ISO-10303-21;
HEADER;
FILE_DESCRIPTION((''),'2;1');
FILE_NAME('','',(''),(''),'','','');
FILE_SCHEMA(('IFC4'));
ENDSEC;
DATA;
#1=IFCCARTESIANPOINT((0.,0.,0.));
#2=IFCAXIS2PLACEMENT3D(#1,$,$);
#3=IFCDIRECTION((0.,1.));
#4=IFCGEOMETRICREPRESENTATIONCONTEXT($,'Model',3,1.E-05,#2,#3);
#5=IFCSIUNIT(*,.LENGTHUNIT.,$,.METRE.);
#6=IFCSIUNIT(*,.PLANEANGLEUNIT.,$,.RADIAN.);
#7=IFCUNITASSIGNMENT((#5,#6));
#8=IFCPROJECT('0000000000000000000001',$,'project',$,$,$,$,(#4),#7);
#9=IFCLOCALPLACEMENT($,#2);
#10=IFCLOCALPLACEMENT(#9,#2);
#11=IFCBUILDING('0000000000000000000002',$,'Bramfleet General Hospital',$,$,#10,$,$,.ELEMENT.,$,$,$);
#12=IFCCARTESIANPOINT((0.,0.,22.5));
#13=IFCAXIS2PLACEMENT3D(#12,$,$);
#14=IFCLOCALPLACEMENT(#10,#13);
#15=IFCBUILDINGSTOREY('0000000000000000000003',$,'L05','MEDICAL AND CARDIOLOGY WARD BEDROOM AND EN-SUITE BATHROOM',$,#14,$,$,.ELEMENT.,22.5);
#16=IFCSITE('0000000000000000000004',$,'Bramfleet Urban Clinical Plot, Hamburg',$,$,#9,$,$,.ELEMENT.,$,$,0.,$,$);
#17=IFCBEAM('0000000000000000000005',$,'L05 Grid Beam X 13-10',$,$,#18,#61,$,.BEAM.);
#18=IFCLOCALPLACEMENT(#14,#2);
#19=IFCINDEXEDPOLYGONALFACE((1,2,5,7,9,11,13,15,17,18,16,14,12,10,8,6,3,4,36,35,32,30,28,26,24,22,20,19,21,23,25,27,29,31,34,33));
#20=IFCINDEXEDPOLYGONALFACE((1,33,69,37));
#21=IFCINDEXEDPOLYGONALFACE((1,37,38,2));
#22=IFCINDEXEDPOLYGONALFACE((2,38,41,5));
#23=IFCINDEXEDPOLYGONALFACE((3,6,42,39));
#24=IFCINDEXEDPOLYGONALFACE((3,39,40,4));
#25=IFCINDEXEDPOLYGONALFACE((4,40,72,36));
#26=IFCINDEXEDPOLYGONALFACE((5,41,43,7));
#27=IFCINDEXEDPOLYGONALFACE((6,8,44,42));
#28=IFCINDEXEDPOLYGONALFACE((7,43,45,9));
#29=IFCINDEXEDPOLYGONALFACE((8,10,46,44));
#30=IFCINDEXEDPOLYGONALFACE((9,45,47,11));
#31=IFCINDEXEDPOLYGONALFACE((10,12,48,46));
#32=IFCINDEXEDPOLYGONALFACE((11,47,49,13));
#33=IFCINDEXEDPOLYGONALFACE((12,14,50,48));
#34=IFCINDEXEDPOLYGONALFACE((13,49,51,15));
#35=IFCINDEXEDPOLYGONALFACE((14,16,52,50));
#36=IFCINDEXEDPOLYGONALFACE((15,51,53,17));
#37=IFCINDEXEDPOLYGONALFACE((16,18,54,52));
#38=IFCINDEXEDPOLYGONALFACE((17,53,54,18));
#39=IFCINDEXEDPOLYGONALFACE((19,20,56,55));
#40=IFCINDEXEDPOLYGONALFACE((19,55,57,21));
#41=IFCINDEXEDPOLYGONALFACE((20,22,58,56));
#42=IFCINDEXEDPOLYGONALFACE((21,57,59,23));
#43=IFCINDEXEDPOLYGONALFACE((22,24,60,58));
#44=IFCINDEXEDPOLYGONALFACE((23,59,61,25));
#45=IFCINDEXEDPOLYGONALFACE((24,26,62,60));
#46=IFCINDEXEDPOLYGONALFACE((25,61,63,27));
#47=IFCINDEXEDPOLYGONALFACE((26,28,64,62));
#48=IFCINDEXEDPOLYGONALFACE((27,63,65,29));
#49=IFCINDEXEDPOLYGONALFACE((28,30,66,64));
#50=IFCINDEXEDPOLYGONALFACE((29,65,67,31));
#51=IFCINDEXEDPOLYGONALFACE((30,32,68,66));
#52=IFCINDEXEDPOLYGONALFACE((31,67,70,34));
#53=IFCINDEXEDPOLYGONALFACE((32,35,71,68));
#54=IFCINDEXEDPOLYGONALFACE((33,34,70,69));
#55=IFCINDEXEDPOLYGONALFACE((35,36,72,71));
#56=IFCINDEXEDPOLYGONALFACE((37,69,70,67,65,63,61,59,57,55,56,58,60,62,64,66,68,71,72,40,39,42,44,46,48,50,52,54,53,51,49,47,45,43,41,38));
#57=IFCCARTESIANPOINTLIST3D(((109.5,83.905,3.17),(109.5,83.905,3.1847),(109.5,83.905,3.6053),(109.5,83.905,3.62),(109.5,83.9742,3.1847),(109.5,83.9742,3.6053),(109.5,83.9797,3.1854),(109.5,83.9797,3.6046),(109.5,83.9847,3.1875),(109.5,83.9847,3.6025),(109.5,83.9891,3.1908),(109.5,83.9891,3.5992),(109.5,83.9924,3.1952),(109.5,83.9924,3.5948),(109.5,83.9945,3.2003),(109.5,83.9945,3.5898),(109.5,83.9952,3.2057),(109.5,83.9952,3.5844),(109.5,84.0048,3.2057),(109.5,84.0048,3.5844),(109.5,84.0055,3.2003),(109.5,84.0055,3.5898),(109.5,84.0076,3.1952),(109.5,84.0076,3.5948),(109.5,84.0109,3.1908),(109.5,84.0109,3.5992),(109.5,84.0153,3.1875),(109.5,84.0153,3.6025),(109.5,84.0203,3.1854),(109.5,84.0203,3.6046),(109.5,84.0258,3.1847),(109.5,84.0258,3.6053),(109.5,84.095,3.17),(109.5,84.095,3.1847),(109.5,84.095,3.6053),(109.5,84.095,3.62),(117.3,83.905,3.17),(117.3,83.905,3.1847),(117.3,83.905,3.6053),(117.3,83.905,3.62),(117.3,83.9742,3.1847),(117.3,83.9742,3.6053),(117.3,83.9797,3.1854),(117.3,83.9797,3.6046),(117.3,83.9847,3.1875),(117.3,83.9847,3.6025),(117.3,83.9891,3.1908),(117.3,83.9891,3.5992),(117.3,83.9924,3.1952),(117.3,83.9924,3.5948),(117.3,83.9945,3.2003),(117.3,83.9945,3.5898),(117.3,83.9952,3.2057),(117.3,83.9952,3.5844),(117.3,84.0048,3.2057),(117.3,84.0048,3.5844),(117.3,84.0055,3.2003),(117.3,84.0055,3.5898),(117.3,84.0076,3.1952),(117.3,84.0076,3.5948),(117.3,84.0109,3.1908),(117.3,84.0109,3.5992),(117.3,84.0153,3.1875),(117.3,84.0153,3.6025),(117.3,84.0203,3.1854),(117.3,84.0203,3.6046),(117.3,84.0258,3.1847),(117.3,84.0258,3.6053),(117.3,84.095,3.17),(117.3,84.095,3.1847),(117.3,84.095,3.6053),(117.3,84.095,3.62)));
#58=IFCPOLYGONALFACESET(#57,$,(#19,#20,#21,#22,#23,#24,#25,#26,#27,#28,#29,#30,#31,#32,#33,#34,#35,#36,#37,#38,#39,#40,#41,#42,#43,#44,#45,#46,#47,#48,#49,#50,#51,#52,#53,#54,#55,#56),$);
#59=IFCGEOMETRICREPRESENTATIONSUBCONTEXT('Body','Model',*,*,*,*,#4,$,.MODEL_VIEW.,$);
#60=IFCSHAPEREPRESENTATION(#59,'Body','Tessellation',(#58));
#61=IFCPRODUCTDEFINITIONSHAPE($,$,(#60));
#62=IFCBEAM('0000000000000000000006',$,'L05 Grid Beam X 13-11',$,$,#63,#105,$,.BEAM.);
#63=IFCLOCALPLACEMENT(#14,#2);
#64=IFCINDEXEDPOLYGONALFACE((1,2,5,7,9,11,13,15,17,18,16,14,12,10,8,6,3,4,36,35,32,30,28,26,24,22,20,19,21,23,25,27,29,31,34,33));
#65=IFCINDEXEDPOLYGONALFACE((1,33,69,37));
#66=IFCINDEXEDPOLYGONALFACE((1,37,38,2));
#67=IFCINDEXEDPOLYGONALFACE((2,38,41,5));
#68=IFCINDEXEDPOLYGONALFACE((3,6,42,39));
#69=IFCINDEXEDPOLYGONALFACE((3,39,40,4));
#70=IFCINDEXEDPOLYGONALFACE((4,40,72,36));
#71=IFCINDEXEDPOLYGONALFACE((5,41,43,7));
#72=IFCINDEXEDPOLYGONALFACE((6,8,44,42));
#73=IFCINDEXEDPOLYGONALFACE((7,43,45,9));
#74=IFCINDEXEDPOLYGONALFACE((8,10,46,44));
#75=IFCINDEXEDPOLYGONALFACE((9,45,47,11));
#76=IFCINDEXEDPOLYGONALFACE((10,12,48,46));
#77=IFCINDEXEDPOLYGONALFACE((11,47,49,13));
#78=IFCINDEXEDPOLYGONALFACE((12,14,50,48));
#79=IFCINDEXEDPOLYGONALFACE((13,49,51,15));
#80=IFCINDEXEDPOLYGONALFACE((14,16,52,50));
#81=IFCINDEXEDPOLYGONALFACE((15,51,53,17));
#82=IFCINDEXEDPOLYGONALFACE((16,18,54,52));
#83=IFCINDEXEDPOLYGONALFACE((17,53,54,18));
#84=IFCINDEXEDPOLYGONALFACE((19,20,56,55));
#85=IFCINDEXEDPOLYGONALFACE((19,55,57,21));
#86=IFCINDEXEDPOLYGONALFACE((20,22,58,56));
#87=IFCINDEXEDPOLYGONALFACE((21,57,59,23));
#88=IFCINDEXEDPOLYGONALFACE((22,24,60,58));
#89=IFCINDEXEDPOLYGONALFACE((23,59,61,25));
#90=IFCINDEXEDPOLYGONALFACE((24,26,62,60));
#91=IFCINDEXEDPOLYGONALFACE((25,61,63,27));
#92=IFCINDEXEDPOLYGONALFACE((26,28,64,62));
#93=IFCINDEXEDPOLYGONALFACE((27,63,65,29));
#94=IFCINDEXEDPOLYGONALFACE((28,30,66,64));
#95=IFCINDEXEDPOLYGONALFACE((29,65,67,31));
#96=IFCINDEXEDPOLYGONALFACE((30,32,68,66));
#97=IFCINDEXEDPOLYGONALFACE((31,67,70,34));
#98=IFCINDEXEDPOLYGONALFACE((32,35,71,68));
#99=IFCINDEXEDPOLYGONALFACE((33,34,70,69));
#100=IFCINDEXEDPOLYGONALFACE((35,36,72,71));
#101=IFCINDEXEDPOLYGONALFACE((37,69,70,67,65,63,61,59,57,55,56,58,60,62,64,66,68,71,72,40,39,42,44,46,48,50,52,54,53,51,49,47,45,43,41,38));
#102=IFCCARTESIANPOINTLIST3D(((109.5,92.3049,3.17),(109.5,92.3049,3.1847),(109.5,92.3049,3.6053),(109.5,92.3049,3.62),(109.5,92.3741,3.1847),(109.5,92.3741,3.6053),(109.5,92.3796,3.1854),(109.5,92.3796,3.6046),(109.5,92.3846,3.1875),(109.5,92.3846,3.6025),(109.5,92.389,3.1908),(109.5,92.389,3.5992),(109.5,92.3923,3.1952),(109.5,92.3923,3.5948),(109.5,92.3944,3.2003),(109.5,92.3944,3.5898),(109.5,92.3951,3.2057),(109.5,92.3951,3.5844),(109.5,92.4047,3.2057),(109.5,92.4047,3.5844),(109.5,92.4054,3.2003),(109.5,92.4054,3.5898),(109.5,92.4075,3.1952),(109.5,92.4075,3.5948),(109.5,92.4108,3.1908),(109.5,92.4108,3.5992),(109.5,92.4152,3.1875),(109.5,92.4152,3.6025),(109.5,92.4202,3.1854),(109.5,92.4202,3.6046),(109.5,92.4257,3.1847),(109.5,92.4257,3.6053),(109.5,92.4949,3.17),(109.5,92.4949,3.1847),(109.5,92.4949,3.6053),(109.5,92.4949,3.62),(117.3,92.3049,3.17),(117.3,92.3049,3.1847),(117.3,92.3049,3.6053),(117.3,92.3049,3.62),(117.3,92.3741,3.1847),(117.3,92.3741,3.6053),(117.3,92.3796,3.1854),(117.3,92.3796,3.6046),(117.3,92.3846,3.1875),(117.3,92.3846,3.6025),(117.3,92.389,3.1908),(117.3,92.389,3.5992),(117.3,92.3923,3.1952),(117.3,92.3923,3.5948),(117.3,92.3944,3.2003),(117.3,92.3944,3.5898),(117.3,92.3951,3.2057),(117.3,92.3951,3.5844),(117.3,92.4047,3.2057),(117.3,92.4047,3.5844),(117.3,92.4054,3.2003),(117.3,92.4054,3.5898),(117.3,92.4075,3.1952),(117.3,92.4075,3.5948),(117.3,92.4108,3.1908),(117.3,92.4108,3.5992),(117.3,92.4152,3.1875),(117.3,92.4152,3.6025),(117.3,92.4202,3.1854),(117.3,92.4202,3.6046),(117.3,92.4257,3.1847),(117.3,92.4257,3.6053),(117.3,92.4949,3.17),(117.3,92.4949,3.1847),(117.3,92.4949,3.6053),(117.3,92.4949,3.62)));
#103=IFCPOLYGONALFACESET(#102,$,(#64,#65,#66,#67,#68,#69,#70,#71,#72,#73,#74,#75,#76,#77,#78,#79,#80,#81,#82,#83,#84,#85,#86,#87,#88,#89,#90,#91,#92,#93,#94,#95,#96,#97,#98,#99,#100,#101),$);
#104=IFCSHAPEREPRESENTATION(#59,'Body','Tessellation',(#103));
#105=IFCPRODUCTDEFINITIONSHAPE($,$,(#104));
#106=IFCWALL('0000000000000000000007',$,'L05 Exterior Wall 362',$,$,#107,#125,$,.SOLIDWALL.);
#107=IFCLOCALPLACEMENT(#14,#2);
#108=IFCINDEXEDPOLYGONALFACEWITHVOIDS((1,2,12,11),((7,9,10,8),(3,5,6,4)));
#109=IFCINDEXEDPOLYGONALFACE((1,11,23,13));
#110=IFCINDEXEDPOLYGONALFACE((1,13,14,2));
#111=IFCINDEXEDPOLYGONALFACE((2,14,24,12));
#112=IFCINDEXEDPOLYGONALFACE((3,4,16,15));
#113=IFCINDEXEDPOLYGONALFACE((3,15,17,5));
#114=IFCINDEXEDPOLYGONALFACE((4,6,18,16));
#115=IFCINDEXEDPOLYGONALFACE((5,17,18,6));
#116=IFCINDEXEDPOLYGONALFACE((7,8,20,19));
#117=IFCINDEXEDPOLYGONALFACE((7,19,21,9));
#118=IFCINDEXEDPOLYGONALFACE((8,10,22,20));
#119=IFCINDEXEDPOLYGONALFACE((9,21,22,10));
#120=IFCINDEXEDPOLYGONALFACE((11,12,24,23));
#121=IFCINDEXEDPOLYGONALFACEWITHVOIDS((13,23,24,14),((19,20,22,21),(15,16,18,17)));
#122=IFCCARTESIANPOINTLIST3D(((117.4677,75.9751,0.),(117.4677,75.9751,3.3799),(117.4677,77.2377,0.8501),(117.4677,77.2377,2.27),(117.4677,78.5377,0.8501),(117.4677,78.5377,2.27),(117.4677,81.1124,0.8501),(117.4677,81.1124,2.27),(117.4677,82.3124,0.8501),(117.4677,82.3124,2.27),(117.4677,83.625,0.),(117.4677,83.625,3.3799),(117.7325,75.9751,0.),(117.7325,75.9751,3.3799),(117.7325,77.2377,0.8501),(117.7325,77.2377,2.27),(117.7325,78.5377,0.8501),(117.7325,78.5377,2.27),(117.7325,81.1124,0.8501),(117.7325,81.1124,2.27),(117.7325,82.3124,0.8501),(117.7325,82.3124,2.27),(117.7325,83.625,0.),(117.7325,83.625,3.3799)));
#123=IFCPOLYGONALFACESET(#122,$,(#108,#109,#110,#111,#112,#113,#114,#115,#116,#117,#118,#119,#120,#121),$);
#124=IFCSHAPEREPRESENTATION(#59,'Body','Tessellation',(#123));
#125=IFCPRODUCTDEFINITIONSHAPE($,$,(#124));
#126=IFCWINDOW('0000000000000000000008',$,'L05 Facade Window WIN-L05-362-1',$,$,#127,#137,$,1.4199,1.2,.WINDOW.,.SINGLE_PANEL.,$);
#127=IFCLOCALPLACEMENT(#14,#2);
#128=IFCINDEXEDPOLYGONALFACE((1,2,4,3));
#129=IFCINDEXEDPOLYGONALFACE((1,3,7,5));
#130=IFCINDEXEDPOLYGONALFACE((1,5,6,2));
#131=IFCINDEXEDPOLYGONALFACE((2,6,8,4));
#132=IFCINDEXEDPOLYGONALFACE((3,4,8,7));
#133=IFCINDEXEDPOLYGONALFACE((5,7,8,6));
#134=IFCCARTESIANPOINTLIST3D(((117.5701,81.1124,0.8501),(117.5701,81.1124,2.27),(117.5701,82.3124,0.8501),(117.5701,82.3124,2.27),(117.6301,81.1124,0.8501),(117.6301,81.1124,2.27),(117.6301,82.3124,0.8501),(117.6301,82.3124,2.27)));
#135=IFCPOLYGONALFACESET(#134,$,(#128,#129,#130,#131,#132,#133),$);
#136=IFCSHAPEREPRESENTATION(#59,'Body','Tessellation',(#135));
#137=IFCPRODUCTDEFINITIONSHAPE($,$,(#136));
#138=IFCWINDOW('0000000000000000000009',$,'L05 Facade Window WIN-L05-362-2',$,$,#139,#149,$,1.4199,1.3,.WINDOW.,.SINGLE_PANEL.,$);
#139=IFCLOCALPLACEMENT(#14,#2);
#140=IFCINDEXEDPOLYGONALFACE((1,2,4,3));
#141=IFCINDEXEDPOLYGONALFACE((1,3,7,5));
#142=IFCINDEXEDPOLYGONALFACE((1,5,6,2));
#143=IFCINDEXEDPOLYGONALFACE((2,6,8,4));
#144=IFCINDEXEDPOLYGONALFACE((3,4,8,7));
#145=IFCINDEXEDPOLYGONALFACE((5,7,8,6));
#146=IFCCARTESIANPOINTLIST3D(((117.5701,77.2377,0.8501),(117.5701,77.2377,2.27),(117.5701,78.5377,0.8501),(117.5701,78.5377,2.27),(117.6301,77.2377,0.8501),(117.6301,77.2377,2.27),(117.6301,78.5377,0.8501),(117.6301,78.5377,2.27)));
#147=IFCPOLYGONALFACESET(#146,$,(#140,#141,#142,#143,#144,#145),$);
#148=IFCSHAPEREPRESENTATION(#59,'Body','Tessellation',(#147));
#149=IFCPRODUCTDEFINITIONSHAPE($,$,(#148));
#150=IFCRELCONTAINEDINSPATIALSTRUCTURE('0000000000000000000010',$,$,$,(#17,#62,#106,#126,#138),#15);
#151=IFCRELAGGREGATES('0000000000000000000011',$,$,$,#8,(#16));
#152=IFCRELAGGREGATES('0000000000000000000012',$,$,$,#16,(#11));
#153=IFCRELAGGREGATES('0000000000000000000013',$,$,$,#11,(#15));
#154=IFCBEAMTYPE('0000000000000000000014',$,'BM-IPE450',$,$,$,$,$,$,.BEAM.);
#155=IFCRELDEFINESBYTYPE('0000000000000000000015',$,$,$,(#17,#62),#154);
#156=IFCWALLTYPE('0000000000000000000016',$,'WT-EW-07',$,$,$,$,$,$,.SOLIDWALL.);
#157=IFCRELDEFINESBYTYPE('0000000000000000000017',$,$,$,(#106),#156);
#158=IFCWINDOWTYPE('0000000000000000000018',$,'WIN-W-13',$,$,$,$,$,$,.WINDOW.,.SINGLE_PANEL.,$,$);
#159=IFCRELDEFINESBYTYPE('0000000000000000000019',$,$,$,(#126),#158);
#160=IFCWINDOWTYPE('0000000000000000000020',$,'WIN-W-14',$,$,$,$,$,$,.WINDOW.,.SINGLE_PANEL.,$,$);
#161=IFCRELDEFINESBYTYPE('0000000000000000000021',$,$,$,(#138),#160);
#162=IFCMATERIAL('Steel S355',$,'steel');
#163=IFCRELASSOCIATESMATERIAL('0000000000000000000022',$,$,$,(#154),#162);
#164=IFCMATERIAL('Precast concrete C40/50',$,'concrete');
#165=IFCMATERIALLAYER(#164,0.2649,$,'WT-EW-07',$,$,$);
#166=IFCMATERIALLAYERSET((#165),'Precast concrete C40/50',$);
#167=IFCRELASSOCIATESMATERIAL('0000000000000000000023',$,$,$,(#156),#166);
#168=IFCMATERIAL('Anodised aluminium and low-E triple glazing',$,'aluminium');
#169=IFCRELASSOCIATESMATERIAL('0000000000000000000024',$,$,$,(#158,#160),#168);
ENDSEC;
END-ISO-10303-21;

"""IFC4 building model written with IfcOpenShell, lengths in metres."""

from ifc_helpers import new_model, si_unit, direction, frame, frame_2d, origin, origin_2d, place, context, subcontext, project, spatial, rectangle, i_section, extrude, material, layer, layer_set, material_profile, profile_set, type_object, element, fill, save


model = new_model("IFC4")

# Units and contexts
model_context = context("Model", 3, precision=1e-05, world=origin(), true_north=direction((0.0, 1.0)))
body_context = subcontext(model_context, "Body", "Model", "MODEL_VIEW")
ifc_project = project(units=[si_unit("LENGTHUNIT", "METRE"), si_unit("PLANEANGLEUNIT", "RADIAN")], contexts=[model_context])

# Site, building, storey
site_placement = place(None, origin())
site = spatial("IfcSite", under=ifc_project, at=site_placement, Name="Bramfleet Urban Clinical Plot, Hamburg", CompositionType="ELEMENT", RefElevation=0.0)
building_placement = place(site_placement, origin())
building = spatial("IfcBuilding", under=site, at=building_placement, Name="Bramfleet General Hospital", CompositionType="ELEMENT")
storey_placement = place(building_placement, frame((0.0, 0.0, 22.5)))
storey = spatial("IfcBuildingStorey", under=building, at=storey_placement, Name="L05", Description="MEDICAL AND CARDIOLOGY WARD BEDROOM AND EN-SUITE BATHROOM", CompositionType="ELEMENT", Elevation=22.5)

# Beams
ifc_material_1 = material(Name="Steel S355", Category="steel")
ifc_material_profile_1 = material_profile(ifc_material_1, i_section(OverallWidth=0.1899, OverallDepth=0.45, WebThickness=0.0095, FlangeThickness=0.0146, FilletRadius=0.021, at=origin_2d()), Name="IPE 450")
ifc_profile_set_1 = profile_set([ifc_material_profile_1], Name="Steel S355")
beam_type_1 = type_object("IfcBeamType", Name="BM-IPE450", PredefinedType="BEAM", material=ifc_profile_set_1)
for number, where, z_axis, x_axis, name in (
    (1, (109.5, 84.0, 3.395), (1.0, 0.0, 0.0), (0.0, 1.0, 0.0), "L05 Grid Beam X 13-10"),
    (2, (109.5, 92.3999, 3.395), (1.0, 0.0, 0.0), (0.0, 1.0, 0.0), "L05 Grid Beam X 13-11"),
):
    element("IfcBeam", number, at=place(storey_placement, frame(where, z_axis=z_axis, x_axis=x_axis)), inside=storey, type_object=beam_type_1, Name=name, PredefinedType="BEAM", context=body_context, shape_type="SweptSolid", body=[
        extrude(i_section(OverallWidth=0.1899, OverallDepth=0.45, WebThickness=0.0095, FlangeThickness=0.0146, FilletRadius=0.021, at=origin_2d()), origin(), (0.0, 0.0, 1.0), 7.8),
    ])

# Wall, openings, windows
ifc_material_2 = material(Name="Precast concrete C40/50", Category="concrete")
ifc_layer_1 = layer(ifc_material_2, 0.2649, Name="WT-EW-07")
ifc_layer_set_1 = layer_set([ifc_layer_1], Name="Precast concrete C40/50")
wall_type_1 = type_object("IfcWallType", Name="WT-EW-07", PredefinedType="SOLIDWALL", material=ifc_layer_set_1)
wall_1_placement = place(storey_placement, frame((117.6001, 83.625, 0.0), z_axis=(0.0, 0.0, 1.0), x_axis=(0.0, -1.0, 0.0)))
wall_1 = element("IfcWall", 3, at=wall_1_placement, inside=storey, type_object=wall_type_1, Name="L05 Exterior Wall 362", PredefinedType="SOLIDWALL", context=body_context, shape_type="SweptSolid", body=[
    extrude(rectangle(XDim=7.6499, YDim=0.2649, at=frame_2d((3.825, 0.0))), origin(), (0.0, 0.0, 1.0), 3.3799),
])
opening_1_placement = place(wall_1_placement, frame((1.3125, 0.0, 0.8501)))
opening_1 = element("IfcOpeningElement", 4, at=opening_1_placement, cuts=wall_1, PredefinedType="OPENING", context=body_context, shape_type="SweptSolid", body=[
    extrude(rectangle(XDim=1.2, YDim=1.4199, at=frame_2d((0.6001, 0.71))), frame((0.0, 0.1423, 0.0), z_axis=(0.0, -1.0, 0.0), x_axis=(1.0, 0.0, 0.0)), (0.0, 0.0, 1.0), 0.2849),
])
opening_2_placement = place(wall_1_placement, frame((5.0874, 0.0, 0.8501)))
opening_2 = element("IfcOpeningElement", 5, at=opening_2_placement, cuts=wall_1, PredefinedType="OPENING", context=body_context, shape_type="SweptSolid", body=[
    extrude(rectangle(XDim=1.3, YDim=1.4199, at=frame_2d((0.6499, 0.71))), frame((0.0, 0.1423, 0.0), z_axis=(0.0, -1.0, 0.0), x_axis=(1.0, 0.0, 0.0)), (0.0, 0.0, 1.0), 0.2849),
])
ifc_material_3 = material(Name="Anodised aluminium and low-E triple glazing", Category="aluminium")
window_type_1 = type_object("IfcWindowType", Name="WIN-W-13", PartitioningType="SINGLE_PANEL", PredefinedType="WINDOW", material=ifc_material_3)
window_1_placement = place(opening_1_placement, origin())
window_1 = element("IfcWindow", 6, at=window_1_placement, inside=storey, type_object=window_type_1, Name="L05 Facade Window WIN-L05-362-1", OverallHeight=1.4199, OverallWidth=1.2, PartitioningType="SINGLE_PANEL", PredefinedType="WINDOW", context=body_context, shape_type="SweptSolid", body=[
    extrude(rectangle(XDim=1.2, YDim=1.4199, at=frame_2d((0.6001, 0.71))), frame((0.0, 0.03, 0.0), z_axis=(0.0, -1.0, 0.0), x_axis=(1.0, 0.0, 0.0)), (0.0, 0.0, 1.0), 0.0601),
])
fill(opening_1, window_1)
window_type_2 = type_object("IfcWindowType", Name="WIN-W-14", PartitioningType="SINGLE_PANEL", PredefinedType="WINDOW", material=ifc_material_3)
window_2_placement = place(opening_2_placement, origin())
window_2 = element("IfcWindow", 7, at=window_2_placement, inside=storey, type_object=window_type_2, Name="L05 Facade Window WIN-L05-362-2", OverallHeight=1.4199, OverallWidth=1.3, PartitioningType="SINGLE_PANEL", PredefinedType="WINDOW", context=body_context, shape_type="SweptSolid", body=[
    extrude(rectangle(XDim=1.3, YDim=1.4199, at=frame_2d((0.6499, 0.71))), frame((0.0, 0.03, 0.0), z_axis=(0.0, -1.0, 0.0), x_axis=(1.0, 0.0, 0.0)), (0.0, 0.0, 1.0), 0.0601),
])
fill(opening_2, window_2)

save(model, "model.ifc")
